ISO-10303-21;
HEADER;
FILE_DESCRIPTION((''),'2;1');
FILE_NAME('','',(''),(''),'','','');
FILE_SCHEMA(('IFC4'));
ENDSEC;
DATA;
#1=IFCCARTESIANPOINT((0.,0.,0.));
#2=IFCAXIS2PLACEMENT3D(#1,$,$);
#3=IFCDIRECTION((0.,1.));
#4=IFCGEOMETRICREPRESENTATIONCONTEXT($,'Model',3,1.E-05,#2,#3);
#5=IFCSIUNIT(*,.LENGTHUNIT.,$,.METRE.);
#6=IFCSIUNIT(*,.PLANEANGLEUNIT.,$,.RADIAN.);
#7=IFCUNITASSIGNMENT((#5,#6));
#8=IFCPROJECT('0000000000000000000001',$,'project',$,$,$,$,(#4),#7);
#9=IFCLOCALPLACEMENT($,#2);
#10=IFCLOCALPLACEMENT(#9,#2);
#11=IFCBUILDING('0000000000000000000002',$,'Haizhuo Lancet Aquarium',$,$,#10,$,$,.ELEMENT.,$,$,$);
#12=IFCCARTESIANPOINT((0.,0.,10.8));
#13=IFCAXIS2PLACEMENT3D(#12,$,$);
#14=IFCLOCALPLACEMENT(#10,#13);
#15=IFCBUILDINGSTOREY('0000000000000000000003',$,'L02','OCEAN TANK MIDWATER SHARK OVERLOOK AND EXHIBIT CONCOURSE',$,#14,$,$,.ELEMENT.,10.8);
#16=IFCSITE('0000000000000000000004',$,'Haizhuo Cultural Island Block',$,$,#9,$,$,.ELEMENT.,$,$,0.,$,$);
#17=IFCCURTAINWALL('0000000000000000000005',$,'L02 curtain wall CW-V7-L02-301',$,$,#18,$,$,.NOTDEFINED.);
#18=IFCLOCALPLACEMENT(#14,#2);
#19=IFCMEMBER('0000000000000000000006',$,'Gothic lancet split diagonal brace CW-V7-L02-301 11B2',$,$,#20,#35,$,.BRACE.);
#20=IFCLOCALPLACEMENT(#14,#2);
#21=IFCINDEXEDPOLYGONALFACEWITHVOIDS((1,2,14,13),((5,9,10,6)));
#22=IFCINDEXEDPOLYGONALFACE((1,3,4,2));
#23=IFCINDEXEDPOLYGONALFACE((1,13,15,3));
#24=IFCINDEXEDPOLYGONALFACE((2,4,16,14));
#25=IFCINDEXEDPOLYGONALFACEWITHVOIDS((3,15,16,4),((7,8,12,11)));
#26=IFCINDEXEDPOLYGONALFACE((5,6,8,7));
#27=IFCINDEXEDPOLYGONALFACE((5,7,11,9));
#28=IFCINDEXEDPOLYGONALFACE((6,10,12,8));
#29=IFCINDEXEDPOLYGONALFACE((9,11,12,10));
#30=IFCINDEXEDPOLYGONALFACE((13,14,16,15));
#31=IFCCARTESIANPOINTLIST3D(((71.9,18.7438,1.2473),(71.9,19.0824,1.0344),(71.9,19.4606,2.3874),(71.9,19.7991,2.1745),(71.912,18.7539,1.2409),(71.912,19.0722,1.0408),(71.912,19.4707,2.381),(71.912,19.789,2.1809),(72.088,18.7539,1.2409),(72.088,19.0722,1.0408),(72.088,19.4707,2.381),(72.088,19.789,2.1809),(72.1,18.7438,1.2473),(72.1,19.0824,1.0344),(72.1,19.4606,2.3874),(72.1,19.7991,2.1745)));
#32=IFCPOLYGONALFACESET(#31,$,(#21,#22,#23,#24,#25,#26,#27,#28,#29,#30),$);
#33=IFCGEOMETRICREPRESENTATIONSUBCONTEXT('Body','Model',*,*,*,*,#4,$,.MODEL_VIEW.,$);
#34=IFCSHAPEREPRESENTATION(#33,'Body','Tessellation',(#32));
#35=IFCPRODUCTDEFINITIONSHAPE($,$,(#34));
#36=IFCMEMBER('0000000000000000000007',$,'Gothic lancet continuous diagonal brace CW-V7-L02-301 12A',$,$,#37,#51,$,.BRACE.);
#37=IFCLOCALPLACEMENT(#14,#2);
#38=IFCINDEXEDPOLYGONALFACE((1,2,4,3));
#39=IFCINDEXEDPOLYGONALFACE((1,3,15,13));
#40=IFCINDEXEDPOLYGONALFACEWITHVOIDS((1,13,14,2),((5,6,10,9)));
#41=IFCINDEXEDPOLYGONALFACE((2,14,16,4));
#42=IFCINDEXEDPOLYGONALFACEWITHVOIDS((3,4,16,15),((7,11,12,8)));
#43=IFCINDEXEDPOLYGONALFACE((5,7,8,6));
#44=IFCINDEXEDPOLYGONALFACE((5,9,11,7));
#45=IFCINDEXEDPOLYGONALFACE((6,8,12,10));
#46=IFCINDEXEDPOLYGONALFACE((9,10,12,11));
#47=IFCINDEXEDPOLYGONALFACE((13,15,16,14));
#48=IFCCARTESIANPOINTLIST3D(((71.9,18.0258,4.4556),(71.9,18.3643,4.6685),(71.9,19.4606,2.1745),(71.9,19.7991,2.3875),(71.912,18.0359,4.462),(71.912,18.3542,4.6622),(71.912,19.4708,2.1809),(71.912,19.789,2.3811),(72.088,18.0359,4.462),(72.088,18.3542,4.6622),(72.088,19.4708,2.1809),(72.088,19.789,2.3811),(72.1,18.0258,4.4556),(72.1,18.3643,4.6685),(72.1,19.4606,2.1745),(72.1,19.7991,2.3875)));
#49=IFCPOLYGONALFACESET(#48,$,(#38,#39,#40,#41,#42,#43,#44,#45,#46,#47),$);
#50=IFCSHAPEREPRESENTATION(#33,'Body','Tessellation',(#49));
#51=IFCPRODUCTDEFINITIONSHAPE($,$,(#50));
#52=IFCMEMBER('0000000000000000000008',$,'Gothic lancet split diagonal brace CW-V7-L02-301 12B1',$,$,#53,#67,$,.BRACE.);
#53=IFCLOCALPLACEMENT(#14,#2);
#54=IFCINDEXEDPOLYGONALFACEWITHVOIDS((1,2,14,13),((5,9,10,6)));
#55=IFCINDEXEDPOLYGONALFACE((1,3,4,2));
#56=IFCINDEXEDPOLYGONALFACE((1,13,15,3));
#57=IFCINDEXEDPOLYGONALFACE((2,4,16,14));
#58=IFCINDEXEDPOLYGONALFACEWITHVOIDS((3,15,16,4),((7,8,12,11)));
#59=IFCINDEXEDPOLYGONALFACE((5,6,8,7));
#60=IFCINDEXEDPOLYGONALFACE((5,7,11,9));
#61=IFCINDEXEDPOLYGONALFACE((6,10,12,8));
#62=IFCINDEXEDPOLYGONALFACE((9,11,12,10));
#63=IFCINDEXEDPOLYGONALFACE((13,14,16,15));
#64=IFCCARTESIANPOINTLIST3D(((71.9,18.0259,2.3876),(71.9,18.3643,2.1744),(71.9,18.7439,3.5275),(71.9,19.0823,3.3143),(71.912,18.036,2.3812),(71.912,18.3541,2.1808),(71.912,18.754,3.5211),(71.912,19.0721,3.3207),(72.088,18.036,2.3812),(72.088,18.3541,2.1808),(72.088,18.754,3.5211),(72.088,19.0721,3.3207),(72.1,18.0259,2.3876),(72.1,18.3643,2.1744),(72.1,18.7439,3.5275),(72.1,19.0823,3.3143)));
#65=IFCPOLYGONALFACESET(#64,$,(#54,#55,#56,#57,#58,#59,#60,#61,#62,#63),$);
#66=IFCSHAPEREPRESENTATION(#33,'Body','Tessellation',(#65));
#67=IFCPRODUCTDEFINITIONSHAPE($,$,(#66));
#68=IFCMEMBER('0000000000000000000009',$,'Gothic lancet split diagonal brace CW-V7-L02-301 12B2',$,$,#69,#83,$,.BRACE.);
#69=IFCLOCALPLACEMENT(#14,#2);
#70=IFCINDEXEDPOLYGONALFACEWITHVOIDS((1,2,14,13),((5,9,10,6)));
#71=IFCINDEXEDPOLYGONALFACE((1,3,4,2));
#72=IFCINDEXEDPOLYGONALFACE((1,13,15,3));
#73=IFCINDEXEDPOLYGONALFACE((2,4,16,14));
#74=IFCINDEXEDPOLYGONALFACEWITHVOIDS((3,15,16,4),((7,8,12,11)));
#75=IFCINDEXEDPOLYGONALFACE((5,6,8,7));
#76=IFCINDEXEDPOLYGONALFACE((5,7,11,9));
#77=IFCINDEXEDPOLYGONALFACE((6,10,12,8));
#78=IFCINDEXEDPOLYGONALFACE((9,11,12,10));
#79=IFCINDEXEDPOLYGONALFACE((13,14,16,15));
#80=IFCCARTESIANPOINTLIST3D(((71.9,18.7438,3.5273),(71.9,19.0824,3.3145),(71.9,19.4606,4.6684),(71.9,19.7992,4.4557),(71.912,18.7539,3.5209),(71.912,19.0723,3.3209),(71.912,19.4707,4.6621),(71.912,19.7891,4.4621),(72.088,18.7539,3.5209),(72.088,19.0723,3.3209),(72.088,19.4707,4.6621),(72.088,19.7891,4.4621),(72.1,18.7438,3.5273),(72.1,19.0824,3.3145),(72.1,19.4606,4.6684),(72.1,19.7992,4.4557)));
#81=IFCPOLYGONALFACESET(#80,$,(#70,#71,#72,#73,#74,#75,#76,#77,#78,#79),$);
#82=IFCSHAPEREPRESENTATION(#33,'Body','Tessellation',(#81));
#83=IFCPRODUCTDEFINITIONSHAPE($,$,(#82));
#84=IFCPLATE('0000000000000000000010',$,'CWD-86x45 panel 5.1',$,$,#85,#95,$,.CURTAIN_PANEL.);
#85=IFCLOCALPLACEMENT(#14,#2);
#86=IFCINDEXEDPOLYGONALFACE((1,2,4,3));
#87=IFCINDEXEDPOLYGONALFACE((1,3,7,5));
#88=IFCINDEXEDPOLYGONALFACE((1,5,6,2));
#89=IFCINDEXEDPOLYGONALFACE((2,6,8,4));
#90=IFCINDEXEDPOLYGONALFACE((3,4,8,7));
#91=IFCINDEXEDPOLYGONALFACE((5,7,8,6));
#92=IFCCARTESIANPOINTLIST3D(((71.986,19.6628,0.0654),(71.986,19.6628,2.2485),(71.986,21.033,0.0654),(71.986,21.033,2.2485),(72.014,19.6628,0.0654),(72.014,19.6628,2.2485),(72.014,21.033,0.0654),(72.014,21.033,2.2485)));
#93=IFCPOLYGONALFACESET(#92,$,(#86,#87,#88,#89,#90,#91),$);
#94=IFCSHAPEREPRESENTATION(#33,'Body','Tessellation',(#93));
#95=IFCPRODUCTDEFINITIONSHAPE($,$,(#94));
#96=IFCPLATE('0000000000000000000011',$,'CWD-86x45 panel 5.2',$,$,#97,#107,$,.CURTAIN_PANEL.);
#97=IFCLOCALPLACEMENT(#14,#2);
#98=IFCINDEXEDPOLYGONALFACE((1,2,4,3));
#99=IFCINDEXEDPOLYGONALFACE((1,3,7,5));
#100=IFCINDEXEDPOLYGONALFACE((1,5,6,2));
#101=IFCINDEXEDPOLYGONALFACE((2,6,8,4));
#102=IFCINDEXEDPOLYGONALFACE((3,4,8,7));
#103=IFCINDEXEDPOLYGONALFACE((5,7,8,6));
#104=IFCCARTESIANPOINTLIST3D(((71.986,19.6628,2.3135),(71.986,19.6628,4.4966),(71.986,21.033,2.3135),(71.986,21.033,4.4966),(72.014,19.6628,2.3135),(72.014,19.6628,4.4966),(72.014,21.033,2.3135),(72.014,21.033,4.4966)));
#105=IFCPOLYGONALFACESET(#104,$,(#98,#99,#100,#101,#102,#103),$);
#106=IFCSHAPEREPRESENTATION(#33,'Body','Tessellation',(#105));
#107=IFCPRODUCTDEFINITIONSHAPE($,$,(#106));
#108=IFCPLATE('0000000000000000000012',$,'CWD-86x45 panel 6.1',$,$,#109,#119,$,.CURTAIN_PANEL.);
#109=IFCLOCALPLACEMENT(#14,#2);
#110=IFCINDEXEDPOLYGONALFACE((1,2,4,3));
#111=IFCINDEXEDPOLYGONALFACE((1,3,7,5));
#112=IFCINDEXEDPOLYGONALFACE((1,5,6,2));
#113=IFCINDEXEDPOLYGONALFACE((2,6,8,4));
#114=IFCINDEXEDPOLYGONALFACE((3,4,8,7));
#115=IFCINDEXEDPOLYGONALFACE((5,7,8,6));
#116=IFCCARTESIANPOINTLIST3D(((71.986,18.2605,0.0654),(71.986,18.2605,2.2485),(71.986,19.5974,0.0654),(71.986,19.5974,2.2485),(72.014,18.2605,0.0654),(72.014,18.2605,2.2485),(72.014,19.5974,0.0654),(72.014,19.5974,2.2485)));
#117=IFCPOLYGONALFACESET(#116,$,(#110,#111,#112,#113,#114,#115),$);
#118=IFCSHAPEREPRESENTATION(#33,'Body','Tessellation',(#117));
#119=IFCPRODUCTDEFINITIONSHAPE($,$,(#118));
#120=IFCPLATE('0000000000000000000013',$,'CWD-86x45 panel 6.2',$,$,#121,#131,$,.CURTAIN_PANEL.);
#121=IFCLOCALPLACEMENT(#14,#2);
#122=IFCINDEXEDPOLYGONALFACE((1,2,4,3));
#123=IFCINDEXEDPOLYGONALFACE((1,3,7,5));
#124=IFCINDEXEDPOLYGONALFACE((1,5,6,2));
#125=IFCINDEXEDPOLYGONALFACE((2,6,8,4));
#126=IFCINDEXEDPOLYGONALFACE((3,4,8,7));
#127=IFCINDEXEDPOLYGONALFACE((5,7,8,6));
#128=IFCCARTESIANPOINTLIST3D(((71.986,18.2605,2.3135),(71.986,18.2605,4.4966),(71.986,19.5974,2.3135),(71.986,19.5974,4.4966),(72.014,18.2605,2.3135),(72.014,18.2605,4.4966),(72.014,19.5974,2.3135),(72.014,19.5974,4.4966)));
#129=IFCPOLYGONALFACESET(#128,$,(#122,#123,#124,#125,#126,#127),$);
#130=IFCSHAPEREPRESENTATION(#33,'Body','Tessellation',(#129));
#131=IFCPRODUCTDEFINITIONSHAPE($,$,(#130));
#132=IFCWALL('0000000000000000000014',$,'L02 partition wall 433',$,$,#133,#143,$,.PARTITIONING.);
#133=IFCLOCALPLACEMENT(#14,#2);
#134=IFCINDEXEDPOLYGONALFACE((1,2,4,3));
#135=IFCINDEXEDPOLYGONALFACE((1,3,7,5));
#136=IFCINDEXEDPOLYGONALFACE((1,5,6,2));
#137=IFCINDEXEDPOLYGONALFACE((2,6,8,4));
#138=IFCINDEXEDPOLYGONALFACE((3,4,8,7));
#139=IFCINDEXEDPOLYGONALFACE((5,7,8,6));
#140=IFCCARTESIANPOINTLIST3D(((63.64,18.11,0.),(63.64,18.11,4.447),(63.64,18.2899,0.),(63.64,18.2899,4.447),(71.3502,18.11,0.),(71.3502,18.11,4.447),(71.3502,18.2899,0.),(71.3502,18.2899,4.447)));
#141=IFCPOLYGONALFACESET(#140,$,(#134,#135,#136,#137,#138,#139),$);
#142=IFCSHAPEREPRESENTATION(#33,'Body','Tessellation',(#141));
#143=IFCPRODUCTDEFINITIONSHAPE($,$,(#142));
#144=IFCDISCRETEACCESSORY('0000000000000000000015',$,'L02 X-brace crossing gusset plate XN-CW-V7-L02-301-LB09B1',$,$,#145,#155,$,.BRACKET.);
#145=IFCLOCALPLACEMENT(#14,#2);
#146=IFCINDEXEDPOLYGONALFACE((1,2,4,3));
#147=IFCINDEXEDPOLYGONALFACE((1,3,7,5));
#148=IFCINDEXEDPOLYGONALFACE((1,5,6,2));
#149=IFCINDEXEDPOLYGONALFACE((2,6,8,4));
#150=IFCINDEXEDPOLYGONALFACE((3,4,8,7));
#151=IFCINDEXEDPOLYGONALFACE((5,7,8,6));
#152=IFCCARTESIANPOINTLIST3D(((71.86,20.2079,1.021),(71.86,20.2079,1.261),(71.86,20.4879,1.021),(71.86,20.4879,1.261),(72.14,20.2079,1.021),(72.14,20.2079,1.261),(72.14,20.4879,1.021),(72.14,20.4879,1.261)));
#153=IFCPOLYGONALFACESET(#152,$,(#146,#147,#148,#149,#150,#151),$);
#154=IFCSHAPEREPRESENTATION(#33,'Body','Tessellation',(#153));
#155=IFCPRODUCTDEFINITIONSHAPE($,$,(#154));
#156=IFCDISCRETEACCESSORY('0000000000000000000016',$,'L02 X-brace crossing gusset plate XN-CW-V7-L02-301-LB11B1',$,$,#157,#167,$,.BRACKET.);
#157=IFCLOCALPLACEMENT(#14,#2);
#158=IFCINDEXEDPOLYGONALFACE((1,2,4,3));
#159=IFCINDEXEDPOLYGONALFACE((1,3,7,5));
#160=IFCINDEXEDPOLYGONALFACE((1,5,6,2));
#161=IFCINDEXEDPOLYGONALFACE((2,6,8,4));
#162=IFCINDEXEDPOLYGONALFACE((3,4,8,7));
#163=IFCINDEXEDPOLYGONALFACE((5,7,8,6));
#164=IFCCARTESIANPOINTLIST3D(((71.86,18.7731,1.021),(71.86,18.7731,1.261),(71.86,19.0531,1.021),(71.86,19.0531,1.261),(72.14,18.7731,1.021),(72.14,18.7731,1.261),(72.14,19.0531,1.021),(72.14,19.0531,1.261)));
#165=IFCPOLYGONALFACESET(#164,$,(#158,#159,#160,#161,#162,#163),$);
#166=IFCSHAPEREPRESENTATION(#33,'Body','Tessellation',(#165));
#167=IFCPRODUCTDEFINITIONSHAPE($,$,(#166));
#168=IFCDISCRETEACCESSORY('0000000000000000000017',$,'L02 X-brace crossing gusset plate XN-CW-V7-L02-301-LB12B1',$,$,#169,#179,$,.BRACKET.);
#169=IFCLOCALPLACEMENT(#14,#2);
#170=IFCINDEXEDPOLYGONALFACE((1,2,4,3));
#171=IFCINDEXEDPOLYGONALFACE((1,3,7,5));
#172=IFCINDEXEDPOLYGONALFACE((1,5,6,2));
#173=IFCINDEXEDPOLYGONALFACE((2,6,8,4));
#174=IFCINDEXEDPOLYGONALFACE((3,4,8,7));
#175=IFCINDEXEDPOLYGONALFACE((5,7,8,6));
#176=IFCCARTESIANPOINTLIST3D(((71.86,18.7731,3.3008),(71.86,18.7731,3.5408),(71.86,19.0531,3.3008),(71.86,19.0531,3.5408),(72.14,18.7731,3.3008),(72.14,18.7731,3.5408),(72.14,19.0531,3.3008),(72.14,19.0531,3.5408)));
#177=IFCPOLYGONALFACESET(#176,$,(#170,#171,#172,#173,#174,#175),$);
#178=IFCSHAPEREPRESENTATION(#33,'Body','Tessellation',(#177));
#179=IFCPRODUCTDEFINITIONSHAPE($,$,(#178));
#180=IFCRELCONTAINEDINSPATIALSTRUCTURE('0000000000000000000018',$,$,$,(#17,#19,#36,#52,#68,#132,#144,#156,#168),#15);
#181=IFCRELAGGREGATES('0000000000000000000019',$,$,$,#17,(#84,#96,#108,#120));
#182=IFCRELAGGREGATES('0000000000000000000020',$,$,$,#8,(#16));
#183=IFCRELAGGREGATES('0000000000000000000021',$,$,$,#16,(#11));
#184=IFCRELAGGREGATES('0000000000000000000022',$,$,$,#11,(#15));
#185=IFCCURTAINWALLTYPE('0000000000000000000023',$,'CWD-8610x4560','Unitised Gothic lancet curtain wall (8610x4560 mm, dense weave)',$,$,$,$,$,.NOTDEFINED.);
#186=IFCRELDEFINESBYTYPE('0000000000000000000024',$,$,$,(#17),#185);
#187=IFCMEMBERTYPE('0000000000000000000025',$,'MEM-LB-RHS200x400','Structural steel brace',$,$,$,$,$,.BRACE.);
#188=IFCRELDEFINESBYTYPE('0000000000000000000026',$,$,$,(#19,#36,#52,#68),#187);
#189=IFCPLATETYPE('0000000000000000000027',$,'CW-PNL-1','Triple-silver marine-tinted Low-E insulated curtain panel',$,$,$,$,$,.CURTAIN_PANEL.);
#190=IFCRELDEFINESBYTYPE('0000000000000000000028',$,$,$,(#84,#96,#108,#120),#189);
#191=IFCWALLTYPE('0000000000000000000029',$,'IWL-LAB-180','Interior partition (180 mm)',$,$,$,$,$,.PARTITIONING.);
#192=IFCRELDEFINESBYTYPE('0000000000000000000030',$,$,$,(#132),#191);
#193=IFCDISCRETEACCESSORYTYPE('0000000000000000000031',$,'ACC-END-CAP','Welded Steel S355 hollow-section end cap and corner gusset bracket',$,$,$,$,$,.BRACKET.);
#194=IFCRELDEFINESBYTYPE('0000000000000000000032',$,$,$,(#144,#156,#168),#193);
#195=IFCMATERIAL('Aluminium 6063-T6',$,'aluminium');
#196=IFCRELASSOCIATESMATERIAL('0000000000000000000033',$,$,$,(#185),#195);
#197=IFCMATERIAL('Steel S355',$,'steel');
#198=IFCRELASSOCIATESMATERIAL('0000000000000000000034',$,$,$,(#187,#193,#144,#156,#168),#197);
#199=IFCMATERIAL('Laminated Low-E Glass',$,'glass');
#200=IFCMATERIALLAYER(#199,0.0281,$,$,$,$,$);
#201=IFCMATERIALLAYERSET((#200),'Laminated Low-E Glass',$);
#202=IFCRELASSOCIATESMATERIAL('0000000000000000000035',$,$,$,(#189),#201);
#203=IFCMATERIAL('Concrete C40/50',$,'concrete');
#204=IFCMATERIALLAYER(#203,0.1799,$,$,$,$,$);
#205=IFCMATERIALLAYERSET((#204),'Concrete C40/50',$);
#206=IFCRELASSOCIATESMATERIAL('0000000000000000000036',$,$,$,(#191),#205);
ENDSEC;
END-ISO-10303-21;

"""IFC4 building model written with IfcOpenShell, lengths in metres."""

from ifc_helpers import new_model, si_unit, direction, frame, frame_2d, origin, origin_2d, place, context, subcontext, project, spatial, rectangle, hollow_rectangle, extrude, material, layer, layer_set, material_profile, profile_set, type_object, element, aggregate, save


model = new_model("IFC4")

# Units and contexts
model_context = context("Model", 3, precision=1e-05, world=origin(), true_north=direction((0.0, 1.0)))
body_context = subcontext(model_context, "Body", "Model", "MODEL_VIEW")
ifc_project = project(units=[si_unit("LENGTHUNIT", "METRE"), si_unit("PLANEANGLEUNIT", "RADIAN")], contexts=[model_context])

# Site, building, storey
site_placement = place(None, origin())
site = spatial("IfcSite", under=ifc_project, at=site_placement, Name="Haizhuo Cultural Island Block", CompositionType="ELEMENT", RefElevation=0.0)
building_placement = place(site_placement, origin())
building = spatial("IfcBuilding", under=site, at=building_placement, Name="Haizhuo Lancet Aquarium", CompositionType="ELEMENT")
storey_placement = place(building_placement, frame((0.0, 0.0, 10.8)))
storey = spatial("IfcBuildingStorey", under=building, at=storey_placement, Name="L02", Description="OCEAN TANK MIDWATER SHARK OVERLOOK AND EXHIBIT CONCOURSE", CompositionType="ELEMENT", Elevation=10.8)

# Curtain wall
ifc_material_1 = material(Name="Aluminium 6063-T6", Category="aluminium")
curtain_wall_type = type_object("IfcCurtainWallType", Name="CWD-8610x4560", Description="Unitised Gothic lancet curtain wall (8610x4560 mm, dense weave)", PredefinedType="NOTDEFINED", material=ifc_material_1)
curtain_wall_placement = place(storey_placement, origin())
curtain_wall = element("IfcCurtainWall", 1, at=curtain_wall_placement, inside=storey, type_object=curtain_wall_type, Name="L02 curtain wall CW-V7-L02-301", PredefinedType="NOTDEFINED")

# Members
ifc_material_2 = material(Name="Steel S355", Category="steel")
ifc_material_profile_1 = material_profile(ifc_material_2, hollow_rectangle(XDim=0.2, YDim=0.3999, WallThickness=0.012, at=origin_2d()), Name="RHS 200x400x12")
ifc_profile_set_1 = profile_set([ifc_material_profile_1], Name="Steel S355")
member_type_1 = type_object("IfcMemberType", Name="MEM-LB-RHS200x400", Description="Structural steel brace", PredefinedType="BRACE", material=ifc_profile_set_1)
member_1_placement = place(storey_placement, frame((72.0, 18.9131, 1.1409), z_axis=(0.0, 0.532246, 0.84659), x_axis=(-1.0, 0.0, 0.0)))
element("IfcMember", 2, at=member_1_placement, inside=storey, type_object=member_type_1, Name="Gothic lancet split diagonal brace CW-V7-L02-301 11B2", PredefinedType="BRACE", context=body_context, shape_type="SweptSolid", body=[
    extrude(hollow_rectangle(XDim=0.2, YDim=0.3999, WallThickness=0.012, at=origin_2d()), origin(), (0.0, 0.0, 1.0), 1.3467),
])
member_2_placement = place(storey_placement, frame((72.0, 19.6299, 2.281), z_axis=(0.0, -0.532448, 0.846463), x_axis=(1.0, 0.0, 0.0)))
element("IfcMember", 3, at=member_2_placement, inside=storey, type_object=member_type_1, Name="Gothic lancet continuous diagonal brace CW-V7-L02-301 12A", PredefinedType="BRACE", context=body_context, shape_type="SweptSolid", body=[
    extrude(hollow_rectangle(XDim=0.2, YDim=0.3999, WallThickness=0.012, at=origin_2d()), origin(), (0.0, 0.0, 1.0), 2.6948),
])
member_3_placement = place(storey_placement, frame((72.0, 18.1951, 2.281), z_axis=(0.0, 0.532977, 0.84613), x_axis=(-1.0, 0.0, 0.0)))
element("IfcMember", 4, at=member_3_placement, inside=storey, type_object=member_type_1, Name="Gothic lancet split diagonal brace CW-V7-L02-301 12B1", PredefinedType="BRACE", context=body_context, shape_type="SweptSolid", body=[
    extrude(hollow_rectangle(XDim=0.2, YDim=0.3999, WallThickness=0.012, at=origin_2d()), origin(), (0.0, 0.0, 1.0), 1.3472),
])
member_4_placement = place(storey_placement, frame((72.0, 18.9131, 3.4209), z_axis=(0.0, 0.531919, 0.846795), x_axis=(-1.0, 0.0, 0.0)))
element("IfcMember", 5, at=member_4_placement, inside=storey, type_object=member_type_1, Name="Gothic lancet split diagonal brace CW-V7-L02-301 12B2", PredefinedType="BRACE", context=body_context, shape_type="SweptSolid", body=[
    extrude(hollow_rectangle(XDim=0.2, YDim=0.3999, WallThickness=0.012, at=origin_2d()), origin(), (0.0, 0.0, 1.0), 1.3477),
])

# Plates
ifc_material_3 = material(Name="Laminated Low-E Glass", Category="glass")
ifc_layer_1 = layer(ifc_material_3, 0.0281)
ifc_layer_set_1 = layer_set([ifc_layer_1], Name="Laminated Low-E Glass")
plate_type = type_object("IfcPlateType", Name="CW-PNL-1", Description="Triple-silver marine-tinted Low-E insulated curtain panel", PredefinedType="CURTAIN_PANEL", material=ifc_layer_set_1)
plate_1_placement = place(storey_placement, frame((72.0, 20.3479, 0.0654), z_axis=(0.0, 0.0, 1.0), x_axis=(0.0, -1.0, 0.0)))
plate_1 = element("IfcPlate", 6, at=plate_1_placement, type_object=plate_type, Name="CWD-86x45 panel 5.1", PredefinedType="CURTAIN_PANEL", context=body_context, shape_type="SweptSolid", body=[
    extrude(rectangle(XDim=1.3701, YDim=0.0281, at=origin_2d()), origin(), (0.0, 0.0, 1.0), 2.1831),
])
plate_2_placement = place(storey_placement, frame((72.0, 20.3479, 2.3135), z_axis=(0.0, 0.0, 1.0), x_axis=(0.0, -1.0, 0.0)))
plate_2 = element("IfcPlate", 7, at=plate_2_placement, type_object=plate_type, Name="CWD-86x45 panel 5.2", PredefinedType="CURTAIN_PANEL", context=body_context, shape_type="SweptSolid", body=[
    extrude(rectangle(XDim=1.3701, YDim=0.0281, at=origin_2d()), origin(), (0.0, 0.0, 1.0), 2.1831),
])
plate_3_placement = place(storey_placement, frame((72.0, 18.929, 0.0654), z_axis=(0.0, 0.0, 1.0), x_axis=(0.0, -1.0, 0.0)))
plate_3 = element("IfcPlate", 8, at=plate_3_placement, type_object=plate_type, Name="CWD-86x45 panel 6.1", PredefinedType="CURTAIN_PANEL", context=body_context, shape_type="SweptSolid", body=[
    extrude(rectangle(XDim=1.3369, YDim=0.0281, at=origin_2d()), origin(), (0.0, 0.0, 1.0), 2.1831),
])
plate_4_placement = place(storey_placement, frame((72.0, 18.929, 2.3135), z_axis=(0.0, 0.0, 1.0), x_axis=(0.0, -1.0, 0.0)))
plate_4 = element("IfcPlate", 9, at=plate_4_placement, type_object=plate_type, Name="CWD-86x45 panel 6.2", PredefinedType="CURTAIN_PANEL", context=body_context, shape_type="SweptSolid", body=[
    extrude(rectangle(XDim=1.3369, YDim=0.0281, at=origin_2d()), origin(), (0.0, 0.0, 1.0), 2.1831),
])
aggregate(curtain_wall, [plate_1, plate_2, plate_3, plate_4])

# Wall
ifc_material_4 = material(Name="Concrete C40/50", Category="concrete")
ifc_layer_2 = layer(ifc_material_4, 0.1799)
ifc_layer_set_2 = layer_set([ifc_layer_2], Name="Concrete C40/50")
wall_type = type_object("IfcWallType", Name="IWL-LAB-180", Description="Interior partition (180 mm)", PredefinedType="PARTITIONING", material=ifc_layer_set_2)
wall_placement = place(storey_placement, frame((71.3501, 18.2, 0.0), z_axis=(0.0, 0.0, 1.0), x_axis=(-1.0, 0.0, 0.0)))
element("IfcWall", 10, at=wall_placement, inside=storey, type_object=wall_type, Name="L02 partition wall 433", PredefinedType="PARTITIONING", context=body_context, shape_type="SweptSolid", body=[
    extrude(rectangle(XDim=7.7102, YDim=0.1799, at=frame_2d((3.855, 0.0))), origin(), (0.0, 0.0, 1.0), 4.447),
])

# Discrete accessories
discrete_accessory_type = type_object("IfcDiscreteAccessoryType", Name="ACC-END-CAP", Description="Welded Steel S355 hollow-section end cap and corner gusset bracket", PredefinedType="BRACKET", material=ifc_material_2)
for number, where, z_axis, x_axis, name in (
    (11, (72.0, 20.3479, 1.021), (0.0, 0.0, 1.0), (1.0, 0.0, 0.0), "L02 X-brace crossing gusset plate XN-CW-V7-L02-301-LB09B1"),
    (12, (72.0, 18.9131, 1.021), (0.0, 0.0, 1.0), (1.0, 0.0, 0.0), "L02 X-brace crossing gusset plate XN-CW-V7-L02-301-LB11B1"),
    (13, (72.0, 18.9131, 3.3008), (0.0, 0.0, 1.0), (1.0, 0.0, 0.0), "L02 X-brace crossing gusset plate XN-CW-V7-L02-301-LB12B1"),
):
    element("IfcDiscreteAccessory", number, at=place(storey_placement, frame(where, z_axis=z_axis, x_axis=x_axis)), inside=storey, type_object=discrete_accessory_type, material=ifc_material_2, Name=name, PredefinedType="BRACKET", context=body_context, shape_type="SweptSolid", body=[
        extrude(rectangle(XDim=0.28, YDim=0.28, at=origin_2d()), origin(), (0.0, 0.0, 1.0), 0.24),
    ])

save(model, "model.ifc")
